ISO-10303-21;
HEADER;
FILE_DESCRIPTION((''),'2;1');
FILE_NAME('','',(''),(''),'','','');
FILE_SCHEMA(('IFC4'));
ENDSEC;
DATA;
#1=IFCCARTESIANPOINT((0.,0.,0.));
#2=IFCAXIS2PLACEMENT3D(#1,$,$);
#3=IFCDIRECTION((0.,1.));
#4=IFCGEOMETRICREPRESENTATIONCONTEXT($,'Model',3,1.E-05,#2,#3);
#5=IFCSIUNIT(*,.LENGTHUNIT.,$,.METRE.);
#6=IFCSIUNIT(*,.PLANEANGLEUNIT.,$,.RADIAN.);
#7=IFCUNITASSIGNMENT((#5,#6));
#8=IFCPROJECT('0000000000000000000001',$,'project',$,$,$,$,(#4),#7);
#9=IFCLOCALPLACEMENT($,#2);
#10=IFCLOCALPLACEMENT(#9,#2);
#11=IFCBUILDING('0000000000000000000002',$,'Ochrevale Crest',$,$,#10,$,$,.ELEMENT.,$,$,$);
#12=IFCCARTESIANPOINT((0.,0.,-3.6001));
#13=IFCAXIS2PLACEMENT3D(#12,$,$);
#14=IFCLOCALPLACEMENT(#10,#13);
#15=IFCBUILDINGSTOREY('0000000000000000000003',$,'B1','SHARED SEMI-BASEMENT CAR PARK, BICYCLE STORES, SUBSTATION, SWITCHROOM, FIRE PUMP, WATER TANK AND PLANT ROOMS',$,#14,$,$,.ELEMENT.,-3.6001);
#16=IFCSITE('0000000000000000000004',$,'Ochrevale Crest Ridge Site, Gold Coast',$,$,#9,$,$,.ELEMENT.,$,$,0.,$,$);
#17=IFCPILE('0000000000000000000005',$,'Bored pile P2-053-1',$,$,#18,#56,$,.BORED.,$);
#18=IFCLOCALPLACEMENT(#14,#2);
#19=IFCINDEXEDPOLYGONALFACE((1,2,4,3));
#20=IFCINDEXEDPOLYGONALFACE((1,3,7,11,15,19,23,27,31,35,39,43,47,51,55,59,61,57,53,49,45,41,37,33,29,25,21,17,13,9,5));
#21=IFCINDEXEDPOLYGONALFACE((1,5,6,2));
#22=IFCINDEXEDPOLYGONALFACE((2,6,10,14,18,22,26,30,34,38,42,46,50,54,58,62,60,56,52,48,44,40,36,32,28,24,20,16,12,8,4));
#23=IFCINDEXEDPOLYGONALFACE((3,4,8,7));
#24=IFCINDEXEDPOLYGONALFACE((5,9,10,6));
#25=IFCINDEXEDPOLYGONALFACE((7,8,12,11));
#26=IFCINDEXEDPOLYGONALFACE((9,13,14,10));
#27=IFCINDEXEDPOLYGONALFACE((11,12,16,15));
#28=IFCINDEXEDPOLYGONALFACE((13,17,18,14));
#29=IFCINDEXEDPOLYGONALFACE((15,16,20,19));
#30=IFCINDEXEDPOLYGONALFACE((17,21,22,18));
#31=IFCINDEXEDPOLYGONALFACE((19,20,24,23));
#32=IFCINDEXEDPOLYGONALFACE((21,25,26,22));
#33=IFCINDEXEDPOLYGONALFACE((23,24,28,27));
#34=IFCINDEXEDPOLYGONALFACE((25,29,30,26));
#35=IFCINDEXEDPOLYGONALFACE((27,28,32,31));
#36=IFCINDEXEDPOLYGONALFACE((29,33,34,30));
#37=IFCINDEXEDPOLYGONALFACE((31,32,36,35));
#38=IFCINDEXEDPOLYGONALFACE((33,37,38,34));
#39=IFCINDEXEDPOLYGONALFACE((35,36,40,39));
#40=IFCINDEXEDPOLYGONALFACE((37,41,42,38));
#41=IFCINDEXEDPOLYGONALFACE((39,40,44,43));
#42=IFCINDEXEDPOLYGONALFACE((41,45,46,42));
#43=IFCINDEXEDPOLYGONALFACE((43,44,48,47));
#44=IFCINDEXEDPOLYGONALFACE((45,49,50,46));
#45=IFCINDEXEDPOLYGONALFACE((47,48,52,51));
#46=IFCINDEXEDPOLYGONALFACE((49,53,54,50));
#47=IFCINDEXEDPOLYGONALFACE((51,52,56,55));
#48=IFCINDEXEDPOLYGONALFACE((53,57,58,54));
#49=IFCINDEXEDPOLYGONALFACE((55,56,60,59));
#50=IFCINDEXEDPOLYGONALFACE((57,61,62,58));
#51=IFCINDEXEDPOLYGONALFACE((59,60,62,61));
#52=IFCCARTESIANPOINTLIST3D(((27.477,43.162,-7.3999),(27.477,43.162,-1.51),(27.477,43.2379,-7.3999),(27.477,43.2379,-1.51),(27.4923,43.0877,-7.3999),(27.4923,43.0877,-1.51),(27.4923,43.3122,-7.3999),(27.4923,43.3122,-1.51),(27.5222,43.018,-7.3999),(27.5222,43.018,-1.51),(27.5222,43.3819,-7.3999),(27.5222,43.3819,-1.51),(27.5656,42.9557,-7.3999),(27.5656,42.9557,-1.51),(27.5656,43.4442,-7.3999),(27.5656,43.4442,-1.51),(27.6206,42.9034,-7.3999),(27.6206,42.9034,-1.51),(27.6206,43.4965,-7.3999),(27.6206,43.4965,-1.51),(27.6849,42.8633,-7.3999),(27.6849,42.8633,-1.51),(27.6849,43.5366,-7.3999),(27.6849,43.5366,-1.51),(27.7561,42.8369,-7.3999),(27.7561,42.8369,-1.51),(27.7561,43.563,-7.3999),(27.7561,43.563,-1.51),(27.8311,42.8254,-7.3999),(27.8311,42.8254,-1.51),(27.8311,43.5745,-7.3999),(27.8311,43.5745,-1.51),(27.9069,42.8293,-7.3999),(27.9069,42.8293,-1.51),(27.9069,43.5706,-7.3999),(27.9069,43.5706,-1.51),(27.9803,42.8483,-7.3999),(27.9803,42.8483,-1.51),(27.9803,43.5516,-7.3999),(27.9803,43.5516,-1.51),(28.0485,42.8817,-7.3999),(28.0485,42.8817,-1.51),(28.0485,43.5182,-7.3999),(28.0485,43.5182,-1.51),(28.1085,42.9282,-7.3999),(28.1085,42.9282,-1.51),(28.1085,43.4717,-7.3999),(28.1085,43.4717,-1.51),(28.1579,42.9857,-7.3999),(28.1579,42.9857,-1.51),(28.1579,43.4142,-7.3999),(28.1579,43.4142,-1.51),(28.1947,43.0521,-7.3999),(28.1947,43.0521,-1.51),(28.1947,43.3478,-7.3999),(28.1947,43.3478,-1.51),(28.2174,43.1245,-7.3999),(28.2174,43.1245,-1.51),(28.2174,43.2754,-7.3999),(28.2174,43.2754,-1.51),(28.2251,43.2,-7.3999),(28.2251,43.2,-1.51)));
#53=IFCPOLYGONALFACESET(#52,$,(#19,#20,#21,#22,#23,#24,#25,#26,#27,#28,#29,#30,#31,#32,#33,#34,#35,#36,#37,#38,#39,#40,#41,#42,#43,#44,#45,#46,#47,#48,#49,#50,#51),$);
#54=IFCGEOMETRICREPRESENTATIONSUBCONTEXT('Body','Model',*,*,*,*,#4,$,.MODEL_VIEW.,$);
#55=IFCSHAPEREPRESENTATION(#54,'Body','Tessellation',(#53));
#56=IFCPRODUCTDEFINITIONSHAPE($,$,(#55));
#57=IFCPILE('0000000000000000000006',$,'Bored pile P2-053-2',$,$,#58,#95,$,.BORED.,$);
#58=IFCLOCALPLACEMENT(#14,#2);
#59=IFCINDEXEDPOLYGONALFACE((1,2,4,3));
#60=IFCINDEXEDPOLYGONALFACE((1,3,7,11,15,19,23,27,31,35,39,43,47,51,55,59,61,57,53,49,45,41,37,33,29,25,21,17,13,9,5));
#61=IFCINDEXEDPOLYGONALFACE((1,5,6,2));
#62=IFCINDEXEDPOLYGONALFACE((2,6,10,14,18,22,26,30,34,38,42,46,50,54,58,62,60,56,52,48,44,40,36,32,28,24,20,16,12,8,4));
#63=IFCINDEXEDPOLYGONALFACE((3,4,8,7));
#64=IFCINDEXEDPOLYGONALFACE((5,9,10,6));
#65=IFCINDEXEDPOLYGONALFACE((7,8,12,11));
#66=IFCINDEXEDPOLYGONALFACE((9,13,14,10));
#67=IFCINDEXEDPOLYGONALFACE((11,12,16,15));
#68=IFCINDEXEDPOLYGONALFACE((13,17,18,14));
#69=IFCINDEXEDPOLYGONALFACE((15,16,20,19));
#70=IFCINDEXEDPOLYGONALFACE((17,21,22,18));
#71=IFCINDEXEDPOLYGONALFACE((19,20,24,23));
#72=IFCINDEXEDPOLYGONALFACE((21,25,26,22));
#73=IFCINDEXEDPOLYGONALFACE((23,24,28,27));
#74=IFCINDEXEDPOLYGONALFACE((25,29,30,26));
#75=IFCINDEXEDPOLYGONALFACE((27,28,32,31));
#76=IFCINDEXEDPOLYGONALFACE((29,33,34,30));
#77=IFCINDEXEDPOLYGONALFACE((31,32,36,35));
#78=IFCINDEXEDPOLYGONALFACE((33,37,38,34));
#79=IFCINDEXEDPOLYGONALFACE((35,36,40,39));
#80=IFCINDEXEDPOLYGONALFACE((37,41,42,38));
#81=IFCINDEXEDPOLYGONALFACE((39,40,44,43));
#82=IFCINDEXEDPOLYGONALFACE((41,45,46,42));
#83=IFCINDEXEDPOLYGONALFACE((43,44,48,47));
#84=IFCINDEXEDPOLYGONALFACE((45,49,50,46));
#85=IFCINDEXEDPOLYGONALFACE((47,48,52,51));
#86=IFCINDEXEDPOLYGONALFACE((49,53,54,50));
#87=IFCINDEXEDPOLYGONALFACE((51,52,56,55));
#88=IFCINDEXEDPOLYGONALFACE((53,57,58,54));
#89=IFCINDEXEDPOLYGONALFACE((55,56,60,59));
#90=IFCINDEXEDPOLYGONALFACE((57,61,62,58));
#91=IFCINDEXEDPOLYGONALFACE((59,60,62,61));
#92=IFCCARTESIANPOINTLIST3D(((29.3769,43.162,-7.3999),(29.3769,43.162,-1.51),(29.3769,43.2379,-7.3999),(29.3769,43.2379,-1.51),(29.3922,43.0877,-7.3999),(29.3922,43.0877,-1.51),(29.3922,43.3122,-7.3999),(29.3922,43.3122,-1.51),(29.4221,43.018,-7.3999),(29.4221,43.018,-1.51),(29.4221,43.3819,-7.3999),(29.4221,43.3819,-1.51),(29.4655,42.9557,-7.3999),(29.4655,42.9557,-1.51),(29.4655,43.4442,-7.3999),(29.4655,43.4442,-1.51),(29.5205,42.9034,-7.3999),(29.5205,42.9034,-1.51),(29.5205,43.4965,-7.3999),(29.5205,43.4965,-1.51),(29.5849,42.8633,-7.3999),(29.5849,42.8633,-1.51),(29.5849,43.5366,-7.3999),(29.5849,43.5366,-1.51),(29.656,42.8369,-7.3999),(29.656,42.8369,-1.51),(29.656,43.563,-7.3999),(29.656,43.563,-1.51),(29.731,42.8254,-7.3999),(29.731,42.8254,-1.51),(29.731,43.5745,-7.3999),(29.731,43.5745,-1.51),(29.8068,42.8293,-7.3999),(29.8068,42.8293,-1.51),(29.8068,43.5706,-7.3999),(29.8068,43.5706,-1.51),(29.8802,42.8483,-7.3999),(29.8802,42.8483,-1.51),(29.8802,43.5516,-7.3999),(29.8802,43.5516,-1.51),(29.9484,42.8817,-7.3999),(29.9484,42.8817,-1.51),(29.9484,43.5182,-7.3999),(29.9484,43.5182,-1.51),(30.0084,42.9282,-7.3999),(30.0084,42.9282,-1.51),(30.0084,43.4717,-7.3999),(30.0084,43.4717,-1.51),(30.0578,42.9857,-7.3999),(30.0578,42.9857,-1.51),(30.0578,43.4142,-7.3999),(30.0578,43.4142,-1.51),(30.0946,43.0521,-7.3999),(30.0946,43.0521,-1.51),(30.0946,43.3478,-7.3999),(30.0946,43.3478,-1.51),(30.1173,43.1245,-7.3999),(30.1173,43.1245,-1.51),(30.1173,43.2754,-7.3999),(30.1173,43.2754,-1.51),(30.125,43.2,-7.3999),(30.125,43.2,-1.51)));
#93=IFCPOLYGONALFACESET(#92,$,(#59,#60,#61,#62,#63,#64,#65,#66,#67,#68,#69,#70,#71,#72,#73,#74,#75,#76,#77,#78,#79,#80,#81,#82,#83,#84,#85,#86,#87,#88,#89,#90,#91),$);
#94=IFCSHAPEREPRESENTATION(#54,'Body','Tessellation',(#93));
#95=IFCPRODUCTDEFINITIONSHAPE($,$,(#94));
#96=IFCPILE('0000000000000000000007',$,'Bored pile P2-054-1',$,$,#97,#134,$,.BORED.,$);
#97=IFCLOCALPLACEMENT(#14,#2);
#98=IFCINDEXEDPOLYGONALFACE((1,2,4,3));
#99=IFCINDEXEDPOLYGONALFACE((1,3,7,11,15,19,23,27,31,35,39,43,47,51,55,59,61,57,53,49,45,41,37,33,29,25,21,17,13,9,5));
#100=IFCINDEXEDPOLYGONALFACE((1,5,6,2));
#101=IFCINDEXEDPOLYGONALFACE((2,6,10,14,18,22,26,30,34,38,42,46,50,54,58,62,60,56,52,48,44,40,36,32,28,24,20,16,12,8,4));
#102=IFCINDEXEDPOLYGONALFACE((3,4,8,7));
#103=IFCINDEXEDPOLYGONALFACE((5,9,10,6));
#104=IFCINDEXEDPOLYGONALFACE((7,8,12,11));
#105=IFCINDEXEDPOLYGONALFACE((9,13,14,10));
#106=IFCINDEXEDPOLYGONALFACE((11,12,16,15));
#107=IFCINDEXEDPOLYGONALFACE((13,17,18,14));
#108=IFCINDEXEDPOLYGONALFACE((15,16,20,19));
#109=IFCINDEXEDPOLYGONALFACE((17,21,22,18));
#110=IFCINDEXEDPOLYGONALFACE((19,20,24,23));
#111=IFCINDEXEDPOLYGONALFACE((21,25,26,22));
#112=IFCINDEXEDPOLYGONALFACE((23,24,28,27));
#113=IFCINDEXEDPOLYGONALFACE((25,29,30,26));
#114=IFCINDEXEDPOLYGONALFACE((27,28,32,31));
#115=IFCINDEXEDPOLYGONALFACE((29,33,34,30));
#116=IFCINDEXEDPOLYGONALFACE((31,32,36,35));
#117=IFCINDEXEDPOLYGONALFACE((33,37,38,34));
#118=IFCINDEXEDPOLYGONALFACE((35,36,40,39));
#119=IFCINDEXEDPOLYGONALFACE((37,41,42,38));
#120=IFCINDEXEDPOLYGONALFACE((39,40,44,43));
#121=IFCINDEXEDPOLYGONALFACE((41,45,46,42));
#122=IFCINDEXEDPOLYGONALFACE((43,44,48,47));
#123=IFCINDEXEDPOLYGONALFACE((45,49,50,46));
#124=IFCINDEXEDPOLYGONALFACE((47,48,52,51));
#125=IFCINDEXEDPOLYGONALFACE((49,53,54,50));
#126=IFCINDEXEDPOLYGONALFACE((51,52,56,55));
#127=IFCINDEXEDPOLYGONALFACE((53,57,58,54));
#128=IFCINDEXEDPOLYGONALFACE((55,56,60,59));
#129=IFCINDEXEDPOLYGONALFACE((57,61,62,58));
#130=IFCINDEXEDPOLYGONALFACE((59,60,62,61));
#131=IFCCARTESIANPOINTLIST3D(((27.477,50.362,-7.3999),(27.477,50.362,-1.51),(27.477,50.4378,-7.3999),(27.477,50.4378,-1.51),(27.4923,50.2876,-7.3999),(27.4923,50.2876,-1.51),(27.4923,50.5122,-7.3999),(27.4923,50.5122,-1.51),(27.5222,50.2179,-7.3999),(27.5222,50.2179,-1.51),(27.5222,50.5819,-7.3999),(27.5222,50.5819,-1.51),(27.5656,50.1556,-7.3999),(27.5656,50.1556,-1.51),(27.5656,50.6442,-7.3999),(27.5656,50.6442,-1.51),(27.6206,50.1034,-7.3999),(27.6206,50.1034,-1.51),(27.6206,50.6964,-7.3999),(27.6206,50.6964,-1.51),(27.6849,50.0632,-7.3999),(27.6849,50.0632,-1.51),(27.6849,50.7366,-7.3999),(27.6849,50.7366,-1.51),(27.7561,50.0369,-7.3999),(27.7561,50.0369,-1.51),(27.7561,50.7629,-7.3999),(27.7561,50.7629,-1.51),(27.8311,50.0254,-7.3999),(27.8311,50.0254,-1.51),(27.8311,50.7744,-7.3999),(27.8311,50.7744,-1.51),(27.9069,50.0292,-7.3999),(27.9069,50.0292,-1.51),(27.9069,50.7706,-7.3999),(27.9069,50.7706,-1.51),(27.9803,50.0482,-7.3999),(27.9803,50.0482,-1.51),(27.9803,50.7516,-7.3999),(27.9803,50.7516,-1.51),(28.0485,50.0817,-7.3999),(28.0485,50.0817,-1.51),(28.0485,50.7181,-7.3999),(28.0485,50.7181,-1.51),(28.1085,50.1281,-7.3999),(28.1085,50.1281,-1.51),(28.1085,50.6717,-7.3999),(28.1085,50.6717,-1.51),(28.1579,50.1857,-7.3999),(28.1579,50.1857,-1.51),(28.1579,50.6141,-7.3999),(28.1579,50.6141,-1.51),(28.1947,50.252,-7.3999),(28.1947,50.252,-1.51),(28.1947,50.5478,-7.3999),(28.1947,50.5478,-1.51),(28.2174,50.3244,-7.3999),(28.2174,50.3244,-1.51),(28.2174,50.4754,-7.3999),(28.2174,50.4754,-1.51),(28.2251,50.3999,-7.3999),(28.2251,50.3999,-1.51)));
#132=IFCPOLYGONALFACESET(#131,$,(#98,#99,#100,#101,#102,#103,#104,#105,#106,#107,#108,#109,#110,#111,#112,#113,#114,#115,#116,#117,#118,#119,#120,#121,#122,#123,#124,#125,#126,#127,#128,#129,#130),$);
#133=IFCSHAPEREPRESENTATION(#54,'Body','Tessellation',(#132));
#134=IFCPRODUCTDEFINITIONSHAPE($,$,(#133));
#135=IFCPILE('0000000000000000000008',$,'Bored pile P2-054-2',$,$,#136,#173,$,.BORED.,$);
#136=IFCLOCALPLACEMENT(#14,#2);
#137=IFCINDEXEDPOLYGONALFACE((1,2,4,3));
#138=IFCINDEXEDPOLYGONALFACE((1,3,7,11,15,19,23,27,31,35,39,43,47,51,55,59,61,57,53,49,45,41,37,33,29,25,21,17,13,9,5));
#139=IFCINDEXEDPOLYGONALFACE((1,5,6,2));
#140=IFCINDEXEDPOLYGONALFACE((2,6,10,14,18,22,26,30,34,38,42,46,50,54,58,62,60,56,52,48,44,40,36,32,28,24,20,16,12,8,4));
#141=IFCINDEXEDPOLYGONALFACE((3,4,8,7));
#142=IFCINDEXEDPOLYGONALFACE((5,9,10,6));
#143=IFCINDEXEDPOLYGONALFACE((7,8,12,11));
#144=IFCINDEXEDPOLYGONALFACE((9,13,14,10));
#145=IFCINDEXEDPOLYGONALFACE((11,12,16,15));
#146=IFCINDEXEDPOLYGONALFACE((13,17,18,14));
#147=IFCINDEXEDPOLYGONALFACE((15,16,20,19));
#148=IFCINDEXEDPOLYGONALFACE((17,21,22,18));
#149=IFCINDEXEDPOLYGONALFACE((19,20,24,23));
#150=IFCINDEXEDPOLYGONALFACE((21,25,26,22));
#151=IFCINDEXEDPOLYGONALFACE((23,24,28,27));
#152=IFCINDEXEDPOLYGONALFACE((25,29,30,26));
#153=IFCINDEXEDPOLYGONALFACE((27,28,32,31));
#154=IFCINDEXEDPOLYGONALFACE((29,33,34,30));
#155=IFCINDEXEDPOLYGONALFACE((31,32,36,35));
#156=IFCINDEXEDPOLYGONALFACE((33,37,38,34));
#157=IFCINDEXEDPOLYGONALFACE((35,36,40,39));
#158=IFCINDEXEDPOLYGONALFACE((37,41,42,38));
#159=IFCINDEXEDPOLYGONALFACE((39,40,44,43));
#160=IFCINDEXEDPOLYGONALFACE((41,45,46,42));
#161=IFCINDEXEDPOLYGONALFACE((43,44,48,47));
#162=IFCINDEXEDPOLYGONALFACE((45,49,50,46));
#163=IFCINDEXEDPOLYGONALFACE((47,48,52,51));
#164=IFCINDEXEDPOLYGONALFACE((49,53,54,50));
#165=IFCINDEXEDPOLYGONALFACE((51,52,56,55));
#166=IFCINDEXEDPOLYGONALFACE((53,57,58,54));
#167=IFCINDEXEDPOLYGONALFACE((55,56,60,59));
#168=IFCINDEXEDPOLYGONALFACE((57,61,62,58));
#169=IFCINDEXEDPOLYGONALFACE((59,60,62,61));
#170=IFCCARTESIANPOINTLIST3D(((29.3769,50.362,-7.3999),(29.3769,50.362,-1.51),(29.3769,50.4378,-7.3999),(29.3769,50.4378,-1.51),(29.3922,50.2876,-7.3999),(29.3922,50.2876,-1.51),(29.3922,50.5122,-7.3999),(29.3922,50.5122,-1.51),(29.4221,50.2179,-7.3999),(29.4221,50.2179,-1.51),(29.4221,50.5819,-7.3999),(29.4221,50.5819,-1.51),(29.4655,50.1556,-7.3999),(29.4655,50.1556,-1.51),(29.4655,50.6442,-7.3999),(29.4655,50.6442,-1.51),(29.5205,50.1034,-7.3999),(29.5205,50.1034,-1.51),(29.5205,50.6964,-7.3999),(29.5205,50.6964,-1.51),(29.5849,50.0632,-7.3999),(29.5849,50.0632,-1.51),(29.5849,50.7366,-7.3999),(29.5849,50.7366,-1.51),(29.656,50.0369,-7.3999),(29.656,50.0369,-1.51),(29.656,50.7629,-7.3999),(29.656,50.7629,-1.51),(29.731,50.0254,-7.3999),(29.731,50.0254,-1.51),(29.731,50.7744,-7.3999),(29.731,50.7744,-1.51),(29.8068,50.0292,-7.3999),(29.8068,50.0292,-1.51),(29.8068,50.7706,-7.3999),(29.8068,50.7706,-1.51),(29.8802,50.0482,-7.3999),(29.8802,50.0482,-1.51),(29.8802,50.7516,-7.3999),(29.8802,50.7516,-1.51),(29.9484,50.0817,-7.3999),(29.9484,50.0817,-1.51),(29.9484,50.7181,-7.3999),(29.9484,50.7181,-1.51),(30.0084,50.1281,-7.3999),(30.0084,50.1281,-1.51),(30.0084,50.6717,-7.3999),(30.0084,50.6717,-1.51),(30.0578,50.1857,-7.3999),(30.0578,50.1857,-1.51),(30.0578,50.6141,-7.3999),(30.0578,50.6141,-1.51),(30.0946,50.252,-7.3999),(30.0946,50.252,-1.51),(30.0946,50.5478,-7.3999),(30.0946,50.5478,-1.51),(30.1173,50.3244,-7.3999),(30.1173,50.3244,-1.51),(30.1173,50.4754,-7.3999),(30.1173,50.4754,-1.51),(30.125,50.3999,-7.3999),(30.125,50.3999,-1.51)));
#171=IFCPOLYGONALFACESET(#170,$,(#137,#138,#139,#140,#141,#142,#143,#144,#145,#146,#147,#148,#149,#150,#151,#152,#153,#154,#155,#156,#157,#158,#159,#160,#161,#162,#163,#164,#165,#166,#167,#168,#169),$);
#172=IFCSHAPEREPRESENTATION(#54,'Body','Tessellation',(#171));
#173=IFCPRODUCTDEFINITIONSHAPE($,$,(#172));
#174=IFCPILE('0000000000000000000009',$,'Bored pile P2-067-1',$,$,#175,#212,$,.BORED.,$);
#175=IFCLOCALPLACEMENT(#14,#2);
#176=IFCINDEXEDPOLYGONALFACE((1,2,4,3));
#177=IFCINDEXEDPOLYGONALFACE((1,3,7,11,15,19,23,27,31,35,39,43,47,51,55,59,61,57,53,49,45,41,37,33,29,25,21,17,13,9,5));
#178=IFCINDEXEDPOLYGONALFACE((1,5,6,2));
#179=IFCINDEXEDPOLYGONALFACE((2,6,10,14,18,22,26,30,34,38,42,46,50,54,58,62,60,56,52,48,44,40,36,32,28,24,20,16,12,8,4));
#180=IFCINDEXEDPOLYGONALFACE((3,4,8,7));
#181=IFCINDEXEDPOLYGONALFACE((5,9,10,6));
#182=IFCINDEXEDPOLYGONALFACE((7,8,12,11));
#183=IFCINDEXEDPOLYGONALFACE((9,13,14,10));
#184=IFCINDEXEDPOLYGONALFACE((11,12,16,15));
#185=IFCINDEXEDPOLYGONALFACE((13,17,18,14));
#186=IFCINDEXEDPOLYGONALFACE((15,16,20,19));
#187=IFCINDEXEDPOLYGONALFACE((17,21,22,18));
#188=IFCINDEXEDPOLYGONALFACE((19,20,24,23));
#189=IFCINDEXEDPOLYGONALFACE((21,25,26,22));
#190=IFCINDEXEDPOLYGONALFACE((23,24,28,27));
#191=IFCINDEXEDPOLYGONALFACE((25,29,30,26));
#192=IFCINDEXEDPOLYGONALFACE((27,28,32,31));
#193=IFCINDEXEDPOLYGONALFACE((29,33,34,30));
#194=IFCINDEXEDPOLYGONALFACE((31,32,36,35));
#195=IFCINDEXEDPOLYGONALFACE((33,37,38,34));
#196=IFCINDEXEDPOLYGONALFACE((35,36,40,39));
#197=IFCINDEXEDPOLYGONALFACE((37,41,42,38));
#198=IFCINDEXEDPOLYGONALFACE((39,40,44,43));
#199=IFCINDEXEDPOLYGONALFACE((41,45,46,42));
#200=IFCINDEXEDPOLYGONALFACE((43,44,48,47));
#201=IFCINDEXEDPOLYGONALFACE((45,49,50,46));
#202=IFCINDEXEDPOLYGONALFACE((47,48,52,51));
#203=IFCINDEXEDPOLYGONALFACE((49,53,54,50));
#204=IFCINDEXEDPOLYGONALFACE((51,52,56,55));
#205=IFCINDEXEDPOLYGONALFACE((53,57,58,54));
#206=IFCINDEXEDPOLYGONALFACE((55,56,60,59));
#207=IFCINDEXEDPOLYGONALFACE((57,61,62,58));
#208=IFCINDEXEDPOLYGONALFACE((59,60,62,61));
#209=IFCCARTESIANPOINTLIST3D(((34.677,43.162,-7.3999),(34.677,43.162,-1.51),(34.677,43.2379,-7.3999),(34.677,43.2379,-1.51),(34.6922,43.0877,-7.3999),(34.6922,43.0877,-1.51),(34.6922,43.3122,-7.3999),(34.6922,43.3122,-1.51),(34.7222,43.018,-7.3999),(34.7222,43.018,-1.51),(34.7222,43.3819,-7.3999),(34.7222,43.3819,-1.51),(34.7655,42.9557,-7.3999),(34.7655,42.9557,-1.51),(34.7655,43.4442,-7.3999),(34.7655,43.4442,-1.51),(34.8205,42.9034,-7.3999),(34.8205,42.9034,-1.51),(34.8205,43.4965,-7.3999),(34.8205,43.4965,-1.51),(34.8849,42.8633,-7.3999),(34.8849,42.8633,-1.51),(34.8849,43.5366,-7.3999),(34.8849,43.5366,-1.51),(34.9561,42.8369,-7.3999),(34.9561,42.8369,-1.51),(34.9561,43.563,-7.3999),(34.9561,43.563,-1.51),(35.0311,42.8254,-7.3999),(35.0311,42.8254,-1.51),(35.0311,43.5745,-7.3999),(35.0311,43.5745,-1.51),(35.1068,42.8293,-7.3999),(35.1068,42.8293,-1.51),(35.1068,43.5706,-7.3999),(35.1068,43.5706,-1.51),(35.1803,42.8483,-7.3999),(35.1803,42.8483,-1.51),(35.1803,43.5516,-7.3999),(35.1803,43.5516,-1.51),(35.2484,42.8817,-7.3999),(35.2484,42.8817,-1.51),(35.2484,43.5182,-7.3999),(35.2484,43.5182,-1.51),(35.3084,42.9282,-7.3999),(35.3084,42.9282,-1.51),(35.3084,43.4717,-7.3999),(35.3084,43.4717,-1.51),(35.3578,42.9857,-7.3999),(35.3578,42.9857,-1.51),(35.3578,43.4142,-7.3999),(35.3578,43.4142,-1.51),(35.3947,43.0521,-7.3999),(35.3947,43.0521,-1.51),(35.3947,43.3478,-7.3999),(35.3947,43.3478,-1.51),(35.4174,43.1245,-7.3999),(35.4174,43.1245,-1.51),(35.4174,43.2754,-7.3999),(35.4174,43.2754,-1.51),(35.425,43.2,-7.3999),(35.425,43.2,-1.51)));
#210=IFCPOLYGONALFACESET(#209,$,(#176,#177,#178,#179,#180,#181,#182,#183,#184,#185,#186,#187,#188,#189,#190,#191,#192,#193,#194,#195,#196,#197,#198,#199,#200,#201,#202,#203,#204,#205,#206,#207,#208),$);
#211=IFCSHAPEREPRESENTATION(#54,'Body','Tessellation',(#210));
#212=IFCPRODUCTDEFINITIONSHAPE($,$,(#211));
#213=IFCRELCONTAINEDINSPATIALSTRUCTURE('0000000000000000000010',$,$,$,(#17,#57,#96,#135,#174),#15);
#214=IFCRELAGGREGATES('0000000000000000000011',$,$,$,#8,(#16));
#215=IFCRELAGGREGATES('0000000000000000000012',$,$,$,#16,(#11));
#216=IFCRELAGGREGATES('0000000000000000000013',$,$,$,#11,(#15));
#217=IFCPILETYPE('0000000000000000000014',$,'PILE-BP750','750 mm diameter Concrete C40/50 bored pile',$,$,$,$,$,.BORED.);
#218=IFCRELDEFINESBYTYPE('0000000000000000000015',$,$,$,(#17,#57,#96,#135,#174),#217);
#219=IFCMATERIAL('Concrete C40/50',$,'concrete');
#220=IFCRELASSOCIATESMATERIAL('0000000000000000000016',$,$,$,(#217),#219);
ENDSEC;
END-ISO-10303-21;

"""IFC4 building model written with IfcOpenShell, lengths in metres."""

from ifc_helpers import new_model, si_unit, direction, frame, origin, origin_2d, place, context, subcontext, project, spatial, circle, extrude, material, material_profile, profile_set, type_object, element, save


model = new_model("IFC4")

# Units and contexts
model_context = context("Model", 3, precision=1e-05, world=origin(), true_north=direction((0.0, 1.0)))
body_context = subcontext(model_context, "Body", "Model", "MODEL_VIEW")
ifc_project = project(units=[si_unit("LENGTHUNIT", "METRE"), si_unit("PLANEANGLEUNIT", "RADIAN")], contexts=[model_context])

# Site, building, storey
site_placement = place(None, origin())
site = spatial("IfcSite", under=ifc_project, at=site_placement, Name="Ochrevale Crest Ridge Site, Gold Coast", CompositionType="ELEMENT", RefElevation=0.0)
building_placement = place(site_placement, origin())
building = spatial("IfcBuilding", under=site, at=building_placement, Name="Ochrevale Crest", CompositionType="ELEMENT")
storey_placement = place(building_placement, frame((0.0, 0.0, -3.6001)))
storey = spatial("IfcBuildingStorey", under=building, at=storey_placement, Name="B1", Description="SHARED SEMI-BASEMENT CAR PARK, BICYCLE STORES, SUBSTATION, SWITCHROOM, FIRE PUMP, WATER TANK AND PLANT ROOMS", CompositionType="ELEMENT", Elevation=-3.6001)

# Shared definitions
ifc_material_1 = material(Name="Concrete C40/50", Category="concrete")

# Piles
ifc_material_profile_1 = material_profile(ifc_material_1, circle(Radius=0.375, at=origin_2d()), Name="BORED PILE 750")
ifc_profile_set_1 = profile_set([ifc_material_profile_1], Name="Concrete C40/50")
pile_type_1 = type_object("IfcPileType", Name="PILE-BP750", Description="750 mm diameter Concrete C40/50 bored pile", PredefinedType="BORED", material=ifc_profile_set_1)
for number, where, z_axis, x_axis, name in (
    (1, (27.8501, 43.2, -1.51), (0.0, 0.0, -1.0), (1.0, 0.0, 0.0), "Bored pile P2-053-1"),
    (2, (29.75, 43.2, -1.51), (0.0, 0.0, -1.0), (1.0, 0.0, 0.0), "Bored pile P2-053-2"),
    (3, (27.8501, 50.3999, -1.51), (0.0, 0.0, -1.0), (1.0, 0.0, 0.0), "Bored pile P2-054-1"),
    (4, (29.75, 50.3999, -1.51), (0.0, 0.0, -1.0), (1.0, 0.0, 0.0), "Bored pile P2-054-2"),
    (5, (35.05, 43.2, -1.51), (0.0, 0.0, -1.0), (1.0, 0.0, 0.0), "Bored pile P2-067-1"),
):
    element("IfcPile", number, at=place(storey_placement, frame(where, z_axis=z_axis, x_axis=x_axis)), inside=storey, type_object=pile_type_1, Name=name, PredefinedType="BORED", context=body_context, shape_type="SweptSolid", body=[
        extrude(circle(Radius=0.375, at=origin_2d()), origin(), (0.0, 0.0, 1.0), 5.8899),
    ])

save(model, "model.ifc")
